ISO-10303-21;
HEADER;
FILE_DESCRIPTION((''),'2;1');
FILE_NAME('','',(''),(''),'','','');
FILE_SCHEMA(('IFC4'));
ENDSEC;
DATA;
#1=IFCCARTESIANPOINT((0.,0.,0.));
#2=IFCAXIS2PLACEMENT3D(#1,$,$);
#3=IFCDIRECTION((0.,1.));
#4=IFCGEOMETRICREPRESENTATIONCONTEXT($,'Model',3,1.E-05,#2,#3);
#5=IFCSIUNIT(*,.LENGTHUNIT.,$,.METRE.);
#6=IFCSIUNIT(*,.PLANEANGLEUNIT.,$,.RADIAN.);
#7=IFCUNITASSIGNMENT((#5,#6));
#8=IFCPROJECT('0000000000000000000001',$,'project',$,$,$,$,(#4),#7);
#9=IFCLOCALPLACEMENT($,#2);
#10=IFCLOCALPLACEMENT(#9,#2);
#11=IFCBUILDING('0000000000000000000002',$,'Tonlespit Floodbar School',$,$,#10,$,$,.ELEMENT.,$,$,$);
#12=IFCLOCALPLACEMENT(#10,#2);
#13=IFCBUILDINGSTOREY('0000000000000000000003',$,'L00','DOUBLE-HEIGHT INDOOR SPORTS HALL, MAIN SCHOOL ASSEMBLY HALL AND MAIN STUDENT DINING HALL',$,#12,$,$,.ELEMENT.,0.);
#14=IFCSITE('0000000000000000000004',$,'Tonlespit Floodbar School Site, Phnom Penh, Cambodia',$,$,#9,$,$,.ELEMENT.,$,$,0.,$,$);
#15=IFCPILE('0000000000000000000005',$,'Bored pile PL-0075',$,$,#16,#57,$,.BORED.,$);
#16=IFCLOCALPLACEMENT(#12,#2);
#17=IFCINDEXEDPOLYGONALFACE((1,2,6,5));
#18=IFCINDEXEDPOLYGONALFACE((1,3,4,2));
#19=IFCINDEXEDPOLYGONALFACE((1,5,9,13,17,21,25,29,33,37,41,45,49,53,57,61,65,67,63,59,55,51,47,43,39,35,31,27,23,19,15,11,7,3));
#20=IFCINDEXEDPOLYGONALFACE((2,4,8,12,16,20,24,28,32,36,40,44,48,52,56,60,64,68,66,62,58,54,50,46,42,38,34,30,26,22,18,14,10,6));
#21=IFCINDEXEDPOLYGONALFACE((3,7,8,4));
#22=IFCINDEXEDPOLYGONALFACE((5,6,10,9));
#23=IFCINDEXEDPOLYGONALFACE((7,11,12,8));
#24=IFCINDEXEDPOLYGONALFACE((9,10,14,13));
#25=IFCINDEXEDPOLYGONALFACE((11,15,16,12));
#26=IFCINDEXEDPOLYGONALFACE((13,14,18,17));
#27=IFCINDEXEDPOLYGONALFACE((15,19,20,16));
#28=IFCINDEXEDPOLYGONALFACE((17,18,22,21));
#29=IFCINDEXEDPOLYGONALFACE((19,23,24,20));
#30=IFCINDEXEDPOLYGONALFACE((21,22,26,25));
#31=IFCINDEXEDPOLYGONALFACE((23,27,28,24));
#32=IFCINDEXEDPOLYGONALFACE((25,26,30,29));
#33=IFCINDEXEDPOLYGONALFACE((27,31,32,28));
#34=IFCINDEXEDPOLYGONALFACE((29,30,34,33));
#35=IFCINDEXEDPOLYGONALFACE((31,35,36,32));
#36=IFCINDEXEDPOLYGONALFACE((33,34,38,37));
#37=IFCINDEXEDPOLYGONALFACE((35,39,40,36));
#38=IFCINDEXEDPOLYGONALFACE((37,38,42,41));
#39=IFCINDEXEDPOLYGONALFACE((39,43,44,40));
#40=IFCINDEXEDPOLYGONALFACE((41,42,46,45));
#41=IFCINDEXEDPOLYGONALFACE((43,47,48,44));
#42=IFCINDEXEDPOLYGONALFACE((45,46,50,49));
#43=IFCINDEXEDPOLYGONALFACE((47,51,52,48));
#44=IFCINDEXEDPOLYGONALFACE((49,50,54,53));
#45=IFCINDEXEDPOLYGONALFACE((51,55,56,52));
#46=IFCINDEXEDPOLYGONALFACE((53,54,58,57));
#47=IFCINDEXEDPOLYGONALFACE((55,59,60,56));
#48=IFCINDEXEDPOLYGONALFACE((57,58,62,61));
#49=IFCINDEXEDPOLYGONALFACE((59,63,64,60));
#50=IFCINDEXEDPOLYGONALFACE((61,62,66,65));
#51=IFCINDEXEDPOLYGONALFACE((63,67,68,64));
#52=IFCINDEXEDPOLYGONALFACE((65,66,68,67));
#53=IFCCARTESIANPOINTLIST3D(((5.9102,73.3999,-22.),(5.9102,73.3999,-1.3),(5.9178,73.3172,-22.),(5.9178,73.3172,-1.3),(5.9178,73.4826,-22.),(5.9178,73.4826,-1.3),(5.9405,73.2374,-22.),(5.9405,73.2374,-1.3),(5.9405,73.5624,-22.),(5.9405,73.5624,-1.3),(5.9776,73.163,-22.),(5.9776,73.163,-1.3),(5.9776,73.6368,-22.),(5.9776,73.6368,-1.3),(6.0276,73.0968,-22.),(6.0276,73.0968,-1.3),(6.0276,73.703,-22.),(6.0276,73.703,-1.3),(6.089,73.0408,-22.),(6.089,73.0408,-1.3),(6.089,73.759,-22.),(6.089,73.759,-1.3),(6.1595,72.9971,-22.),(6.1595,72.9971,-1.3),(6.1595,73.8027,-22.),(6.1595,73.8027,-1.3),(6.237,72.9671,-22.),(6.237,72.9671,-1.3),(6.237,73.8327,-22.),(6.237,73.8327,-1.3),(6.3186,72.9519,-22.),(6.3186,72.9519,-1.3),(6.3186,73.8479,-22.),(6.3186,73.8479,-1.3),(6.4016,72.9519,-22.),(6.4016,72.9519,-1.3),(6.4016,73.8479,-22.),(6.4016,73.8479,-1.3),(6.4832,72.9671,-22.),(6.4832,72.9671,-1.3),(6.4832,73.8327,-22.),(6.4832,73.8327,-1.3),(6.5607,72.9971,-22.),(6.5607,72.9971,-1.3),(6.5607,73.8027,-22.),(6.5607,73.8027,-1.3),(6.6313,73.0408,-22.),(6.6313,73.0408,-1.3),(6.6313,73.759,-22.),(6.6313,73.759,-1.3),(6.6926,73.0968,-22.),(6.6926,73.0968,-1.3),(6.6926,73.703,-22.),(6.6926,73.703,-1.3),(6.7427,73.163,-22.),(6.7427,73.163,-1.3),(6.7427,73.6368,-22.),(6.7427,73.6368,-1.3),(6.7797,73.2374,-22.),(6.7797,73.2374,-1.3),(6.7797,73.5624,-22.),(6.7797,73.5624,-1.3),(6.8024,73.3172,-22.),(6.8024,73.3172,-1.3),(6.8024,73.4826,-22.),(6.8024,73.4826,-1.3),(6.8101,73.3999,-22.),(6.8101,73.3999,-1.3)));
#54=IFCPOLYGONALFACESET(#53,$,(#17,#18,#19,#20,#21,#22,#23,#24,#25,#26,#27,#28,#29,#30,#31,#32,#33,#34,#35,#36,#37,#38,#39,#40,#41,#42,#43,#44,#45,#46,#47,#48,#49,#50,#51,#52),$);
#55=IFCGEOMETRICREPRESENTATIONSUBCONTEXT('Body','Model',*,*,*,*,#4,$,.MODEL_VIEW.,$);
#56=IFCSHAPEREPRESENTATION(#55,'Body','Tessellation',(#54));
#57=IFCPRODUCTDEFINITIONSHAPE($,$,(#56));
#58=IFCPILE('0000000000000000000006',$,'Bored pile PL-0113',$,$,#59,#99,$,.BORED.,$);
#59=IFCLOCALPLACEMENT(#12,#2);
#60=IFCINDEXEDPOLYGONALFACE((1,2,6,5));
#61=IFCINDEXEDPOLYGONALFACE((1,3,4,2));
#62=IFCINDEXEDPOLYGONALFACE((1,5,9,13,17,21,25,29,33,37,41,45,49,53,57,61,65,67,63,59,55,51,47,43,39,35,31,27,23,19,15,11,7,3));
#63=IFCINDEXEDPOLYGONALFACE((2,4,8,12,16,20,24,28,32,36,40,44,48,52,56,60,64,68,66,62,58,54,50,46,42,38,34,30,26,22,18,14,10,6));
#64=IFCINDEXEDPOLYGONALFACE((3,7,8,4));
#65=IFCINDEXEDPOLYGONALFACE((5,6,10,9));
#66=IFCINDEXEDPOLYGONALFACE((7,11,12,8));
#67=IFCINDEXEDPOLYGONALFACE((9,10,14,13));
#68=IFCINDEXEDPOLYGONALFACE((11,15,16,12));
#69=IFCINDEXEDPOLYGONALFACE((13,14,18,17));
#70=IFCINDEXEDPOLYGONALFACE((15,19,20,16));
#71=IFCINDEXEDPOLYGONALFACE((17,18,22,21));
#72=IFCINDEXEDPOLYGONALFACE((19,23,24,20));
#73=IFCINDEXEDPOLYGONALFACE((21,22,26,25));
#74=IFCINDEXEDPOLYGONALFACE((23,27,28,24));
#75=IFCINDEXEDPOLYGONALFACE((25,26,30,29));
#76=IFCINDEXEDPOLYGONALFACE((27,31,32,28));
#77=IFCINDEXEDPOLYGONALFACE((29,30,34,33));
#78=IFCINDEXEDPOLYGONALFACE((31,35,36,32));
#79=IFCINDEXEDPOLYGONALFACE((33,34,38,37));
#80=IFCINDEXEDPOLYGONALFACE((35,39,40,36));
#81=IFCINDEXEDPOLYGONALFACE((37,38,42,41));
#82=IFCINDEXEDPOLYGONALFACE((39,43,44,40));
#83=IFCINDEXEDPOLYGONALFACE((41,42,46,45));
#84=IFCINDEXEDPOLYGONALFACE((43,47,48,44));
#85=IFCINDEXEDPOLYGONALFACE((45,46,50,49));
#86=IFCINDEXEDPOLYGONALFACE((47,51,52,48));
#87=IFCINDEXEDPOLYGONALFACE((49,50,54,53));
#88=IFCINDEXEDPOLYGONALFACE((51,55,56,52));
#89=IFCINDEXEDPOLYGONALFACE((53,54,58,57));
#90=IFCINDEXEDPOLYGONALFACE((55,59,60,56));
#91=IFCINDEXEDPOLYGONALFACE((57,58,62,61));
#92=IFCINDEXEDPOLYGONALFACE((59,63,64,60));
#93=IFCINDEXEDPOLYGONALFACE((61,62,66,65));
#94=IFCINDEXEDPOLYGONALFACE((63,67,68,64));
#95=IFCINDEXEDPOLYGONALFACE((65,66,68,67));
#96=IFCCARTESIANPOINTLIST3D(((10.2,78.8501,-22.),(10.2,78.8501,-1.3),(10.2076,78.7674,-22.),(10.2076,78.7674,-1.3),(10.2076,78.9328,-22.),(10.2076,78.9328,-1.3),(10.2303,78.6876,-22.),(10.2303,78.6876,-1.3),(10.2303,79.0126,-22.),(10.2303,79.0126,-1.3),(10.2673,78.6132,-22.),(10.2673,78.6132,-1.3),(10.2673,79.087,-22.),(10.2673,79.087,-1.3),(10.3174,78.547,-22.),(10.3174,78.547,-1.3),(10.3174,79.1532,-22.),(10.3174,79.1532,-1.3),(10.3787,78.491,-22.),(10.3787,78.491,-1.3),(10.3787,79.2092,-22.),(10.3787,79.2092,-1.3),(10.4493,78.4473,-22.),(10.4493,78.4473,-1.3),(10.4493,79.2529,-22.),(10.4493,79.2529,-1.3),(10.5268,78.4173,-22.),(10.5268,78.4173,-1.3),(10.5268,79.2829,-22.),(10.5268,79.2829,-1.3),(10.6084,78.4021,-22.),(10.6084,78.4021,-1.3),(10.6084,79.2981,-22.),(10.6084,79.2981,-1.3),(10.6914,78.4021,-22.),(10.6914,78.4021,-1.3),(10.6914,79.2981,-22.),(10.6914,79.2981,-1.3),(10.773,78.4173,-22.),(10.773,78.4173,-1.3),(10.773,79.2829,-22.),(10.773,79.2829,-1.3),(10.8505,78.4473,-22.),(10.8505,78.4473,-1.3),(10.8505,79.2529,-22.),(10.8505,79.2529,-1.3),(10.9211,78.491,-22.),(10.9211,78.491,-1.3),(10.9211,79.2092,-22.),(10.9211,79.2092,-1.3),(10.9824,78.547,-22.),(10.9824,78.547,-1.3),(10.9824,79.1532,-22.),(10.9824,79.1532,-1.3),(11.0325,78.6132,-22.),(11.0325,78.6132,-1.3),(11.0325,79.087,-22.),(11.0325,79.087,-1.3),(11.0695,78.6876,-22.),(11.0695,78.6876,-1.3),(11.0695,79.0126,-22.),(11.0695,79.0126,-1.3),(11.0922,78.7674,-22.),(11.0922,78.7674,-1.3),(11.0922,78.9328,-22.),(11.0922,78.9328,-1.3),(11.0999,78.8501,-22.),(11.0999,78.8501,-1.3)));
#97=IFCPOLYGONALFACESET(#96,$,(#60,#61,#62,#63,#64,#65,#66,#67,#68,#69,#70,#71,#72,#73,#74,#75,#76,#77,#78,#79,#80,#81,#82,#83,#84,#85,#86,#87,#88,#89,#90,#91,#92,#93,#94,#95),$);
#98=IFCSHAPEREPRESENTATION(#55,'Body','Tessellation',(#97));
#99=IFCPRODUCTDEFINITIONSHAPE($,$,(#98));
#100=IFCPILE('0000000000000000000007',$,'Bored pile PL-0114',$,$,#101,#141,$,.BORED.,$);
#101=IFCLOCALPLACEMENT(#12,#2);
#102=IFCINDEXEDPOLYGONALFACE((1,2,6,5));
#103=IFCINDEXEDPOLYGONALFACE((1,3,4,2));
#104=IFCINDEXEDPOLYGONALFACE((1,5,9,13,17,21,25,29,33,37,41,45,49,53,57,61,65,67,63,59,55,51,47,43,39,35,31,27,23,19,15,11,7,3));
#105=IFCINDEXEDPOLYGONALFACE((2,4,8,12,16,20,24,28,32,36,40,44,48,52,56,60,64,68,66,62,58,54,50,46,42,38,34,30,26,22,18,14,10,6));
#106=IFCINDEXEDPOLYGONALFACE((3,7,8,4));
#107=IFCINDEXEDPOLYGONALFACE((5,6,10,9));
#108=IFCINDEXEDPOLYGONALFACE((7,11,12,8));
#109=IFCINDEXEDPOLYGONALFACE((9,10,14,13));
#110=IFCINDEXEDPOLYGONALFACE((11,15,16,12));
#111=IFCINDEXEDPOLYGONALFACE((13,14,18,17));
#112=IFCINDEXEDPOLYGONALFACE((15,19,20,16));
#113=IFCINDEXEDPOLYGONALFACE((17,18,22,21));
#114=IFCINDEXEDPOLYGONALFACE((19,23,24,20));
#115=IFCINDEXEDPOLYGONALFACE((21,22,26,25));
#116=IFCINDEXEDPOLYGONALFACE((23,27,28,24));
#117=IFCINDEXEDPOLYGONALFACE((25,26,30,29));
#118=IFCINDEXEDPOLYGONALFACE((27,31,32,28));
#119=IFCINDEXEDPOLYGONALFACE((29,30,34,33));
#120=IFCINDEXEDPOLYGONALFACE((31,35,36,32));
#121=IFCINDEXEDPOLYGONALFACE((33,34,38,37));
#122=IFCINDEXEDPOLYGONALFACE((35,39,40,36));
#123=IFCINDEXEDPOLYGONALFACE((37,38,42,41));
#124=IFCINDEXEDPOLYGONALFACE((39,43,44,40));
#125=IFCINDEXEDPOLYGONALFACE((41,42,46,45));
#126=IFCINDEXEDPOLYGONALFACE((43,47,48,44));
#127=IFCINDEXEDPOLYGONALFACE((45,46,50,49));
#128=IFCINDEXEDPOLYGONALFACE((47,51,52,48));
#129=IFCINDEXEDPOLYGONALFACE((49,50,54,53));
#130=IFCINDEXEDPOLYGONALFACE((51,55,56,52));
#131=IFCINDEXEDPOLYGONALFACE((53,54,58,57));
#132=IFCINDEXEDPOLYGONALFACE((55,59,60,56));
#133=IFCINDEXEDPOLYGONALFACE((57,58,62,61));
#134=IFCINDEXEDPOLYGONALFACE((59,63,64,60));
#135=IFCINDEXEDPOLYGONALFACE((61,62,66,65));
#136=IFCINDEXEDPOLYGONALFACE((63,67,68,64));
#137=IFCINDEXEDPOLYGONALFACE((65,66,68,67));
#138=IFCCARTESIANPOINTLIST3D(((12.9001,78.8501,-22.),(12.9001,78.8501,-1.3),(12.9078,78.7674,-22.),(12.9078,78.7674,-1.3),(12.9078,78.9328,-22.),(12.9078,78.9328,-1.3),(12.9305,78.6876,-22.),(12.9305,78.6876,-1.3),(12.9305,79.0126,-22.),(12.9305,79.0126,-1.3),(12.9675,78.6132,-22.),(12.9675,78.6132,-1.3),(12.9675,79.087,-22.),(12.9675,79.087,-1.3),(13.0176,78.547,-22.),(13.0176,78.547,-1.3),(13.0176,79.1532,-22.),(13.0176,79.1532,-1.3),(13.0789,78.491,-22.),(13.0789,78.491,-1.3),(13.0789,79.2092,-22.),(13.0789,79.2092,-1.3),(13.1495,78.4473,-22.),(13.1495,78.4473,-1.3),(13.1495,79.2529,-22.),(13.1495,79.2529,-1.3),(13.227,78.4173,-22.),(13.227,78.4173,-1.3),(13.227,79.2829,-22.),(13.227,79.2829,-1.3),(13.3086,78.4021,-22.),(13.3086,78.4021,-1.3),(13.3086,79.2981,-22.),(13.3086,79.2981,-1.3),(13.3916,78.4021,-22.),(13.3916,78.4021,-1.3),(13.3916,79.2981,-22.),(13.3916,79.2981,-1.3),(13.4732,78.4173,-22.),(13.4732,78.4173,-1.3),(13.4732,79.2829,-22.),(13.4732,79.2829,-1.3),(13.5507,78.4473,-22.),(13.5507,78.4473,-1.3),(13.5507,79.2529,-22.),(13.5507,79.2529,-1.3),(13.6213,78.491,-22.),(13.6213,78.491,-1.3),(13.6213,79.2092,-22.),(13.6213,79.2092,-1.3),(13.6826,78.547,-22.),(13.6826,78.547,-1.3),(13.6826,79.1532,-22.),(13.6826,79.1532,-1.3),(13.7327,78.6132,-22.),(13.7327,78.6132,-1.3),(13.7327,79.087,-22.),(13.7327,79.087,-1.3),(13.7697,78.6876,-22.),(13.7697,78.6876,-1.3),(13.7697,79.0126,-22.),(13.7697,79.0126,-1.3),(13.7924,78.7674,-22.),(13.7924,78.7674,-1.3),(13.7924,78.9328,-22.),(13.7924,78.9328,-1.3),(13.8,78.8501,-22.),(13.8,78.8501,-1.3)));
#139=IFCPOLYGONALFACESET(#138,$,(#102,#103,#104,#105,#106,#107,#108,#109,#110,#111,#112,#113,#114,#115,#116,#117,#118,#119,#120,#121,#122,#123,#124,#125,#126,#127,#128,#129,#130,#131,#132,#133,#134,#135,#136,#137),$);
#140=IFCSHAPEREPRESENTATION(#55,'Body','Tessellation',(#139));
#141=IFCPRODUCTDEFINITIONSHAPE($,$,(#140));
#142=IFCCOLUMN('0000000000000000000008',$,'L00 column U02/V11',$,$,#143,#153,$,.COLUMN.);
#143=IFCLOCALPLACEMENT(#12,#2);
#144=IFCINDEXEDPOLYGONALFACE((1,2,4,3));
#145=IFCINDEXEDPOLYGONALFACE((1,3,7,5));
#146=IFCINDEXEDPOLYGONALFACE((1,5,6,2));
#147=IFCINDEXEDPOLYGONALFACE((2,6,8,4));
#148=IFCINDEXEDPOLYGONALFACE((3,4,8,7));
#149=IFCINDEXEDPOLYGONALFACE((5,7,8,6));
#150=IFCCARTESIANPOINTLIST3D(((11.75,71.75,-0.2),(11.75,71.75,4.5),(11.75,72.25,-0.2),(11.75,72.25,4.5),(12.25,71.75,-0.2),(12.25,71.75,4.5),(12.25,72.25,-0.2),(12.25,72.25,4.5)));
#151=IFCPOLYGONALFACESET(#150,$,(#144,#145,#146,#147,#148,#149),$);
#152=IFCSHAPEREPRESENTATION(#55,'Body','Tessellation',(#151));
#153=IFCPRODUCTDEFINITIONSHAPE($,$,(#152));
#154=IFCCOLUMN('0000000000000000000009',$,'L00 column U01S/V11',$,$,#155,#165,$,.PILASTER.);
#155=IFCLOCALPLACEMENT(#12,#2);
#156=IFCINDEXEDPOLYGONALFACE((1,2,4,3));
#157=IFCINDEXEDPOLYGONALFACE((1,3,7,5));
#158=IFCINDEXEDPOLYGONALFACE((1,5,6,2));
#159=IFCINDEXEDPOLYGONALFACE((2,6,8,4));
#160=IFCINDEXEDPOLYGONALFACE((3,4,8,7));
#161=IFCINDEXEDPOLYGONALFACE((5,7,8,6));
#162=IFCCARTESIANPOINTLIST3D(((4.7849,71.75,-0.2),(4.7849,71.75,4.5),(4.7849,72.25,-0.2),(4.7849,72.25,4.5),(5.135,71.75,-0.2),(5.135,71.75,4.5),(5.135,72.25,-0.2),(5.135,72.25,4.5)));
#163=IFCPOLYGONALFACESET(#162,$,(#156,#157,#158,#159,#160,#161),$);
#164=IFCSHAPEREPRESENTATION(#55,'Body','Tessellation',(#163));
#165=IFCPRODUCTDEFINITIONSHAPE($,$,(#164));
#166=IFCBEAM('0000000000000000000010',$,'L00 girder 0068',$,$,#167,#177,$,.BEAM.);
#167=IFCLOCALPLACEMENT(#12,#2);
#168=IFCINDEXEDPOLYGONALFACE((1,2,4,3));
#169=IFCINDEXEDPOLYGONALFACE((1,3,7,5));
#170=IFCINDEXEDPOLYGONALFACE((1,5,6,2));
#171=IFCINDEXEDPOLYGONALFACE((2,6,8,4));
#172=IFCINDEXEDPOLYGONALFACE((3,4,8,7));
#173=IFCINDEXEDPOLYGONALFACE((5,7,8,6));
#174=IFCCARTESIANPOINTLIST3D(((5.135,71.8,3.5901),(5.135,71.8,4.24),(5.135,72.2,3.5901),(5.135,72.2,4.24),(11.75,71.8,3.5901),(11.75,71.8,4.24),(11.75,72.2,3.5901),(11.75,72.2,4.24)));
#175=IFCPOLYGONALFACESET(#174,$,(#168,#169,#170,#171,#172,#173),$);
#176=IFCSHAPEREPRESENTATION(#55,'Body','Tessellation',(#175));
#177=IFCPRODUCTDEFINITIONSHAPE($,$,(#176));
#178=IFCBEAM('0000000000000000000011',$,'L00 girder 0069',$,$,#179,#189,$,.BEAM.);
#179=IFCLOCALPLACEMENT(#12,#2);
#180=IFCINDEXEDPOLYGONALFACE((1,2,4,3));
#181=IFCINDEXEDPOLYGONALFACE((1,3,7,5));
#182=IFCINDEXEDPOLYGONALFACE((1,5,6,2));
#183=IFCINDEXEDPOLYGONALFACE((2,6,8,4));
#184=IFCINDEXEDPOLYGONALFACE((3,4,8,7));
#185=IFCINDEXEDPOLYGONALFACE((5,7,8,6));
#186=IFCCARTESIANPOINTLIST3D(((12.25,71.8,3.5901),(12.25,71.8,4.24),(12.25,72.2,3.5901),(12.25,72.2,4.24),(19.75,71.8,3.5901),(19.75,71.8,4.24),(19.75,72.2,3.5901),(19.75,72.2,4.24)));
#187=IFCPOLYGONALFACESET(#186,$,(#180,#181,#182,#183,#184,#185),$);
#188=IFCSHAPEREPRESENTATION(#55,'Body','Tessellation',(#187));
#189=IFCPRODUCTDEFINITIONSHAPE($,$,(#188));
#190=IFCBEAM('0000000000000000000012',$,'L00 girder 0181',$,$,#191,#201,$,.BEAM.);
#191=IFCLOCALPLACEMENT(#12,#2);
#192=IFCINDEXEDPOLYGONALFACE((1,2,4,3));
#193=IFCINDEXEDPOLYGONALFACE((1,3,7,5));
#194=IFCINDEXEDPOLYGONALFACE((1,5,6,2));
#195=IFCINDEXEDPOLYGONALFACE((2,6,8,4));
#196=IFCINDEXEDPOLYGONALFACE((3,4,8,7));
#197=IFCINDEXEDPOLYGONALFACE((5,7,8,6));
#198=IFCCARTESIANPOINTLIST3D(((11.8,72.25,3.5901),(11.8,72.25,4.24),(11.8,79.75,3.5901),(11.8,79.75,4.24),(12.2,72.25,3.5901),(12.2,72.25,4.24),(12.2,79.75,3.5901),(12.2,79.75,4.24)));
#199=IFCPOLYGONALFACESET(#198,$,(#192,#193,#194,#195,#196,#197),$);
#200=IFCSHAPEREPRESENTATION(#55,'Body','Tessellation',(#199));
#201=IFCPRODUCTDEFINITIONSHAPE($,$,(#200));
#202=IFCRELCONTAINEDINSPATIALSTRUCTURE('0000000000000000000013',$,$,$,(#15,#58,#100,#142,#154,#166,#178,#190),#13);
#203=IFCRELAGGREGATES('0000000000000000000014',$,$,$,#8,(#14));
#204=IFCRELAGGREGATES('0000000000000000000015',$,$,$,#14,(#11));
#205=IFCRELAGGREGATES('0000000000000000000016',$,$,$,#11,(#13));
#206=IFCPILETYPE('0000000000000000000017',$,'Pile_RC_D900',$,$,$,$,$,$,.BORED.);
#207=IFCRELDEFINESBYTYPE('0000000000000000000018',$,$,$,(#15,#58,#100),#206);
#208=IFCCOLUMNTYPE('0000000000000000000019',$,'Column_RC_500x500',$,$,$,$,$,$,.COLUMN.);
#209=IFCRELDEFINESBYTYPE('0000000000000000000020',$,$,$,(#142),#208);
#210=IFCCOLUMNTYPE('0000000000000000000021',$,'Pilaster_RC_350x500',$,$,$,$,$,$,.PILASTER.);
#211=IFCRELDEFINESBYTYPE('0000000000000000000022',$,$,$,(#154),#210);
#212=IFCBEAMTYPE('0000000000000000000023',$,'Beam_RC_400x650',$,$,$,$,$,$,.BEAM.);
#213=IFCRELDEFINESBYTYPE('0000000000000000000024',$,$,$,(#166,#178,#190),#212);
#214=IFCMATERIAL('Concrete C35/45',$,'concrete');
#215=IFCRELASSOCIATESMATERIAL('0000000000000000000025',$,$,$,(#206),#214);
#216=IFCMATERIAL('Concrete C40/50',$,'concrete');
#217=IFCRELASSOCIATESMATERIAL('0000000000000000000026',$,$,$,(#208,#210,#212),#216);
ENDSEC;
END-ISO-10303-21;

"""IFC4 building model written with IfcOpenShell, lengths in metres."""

from ifc_helpers import new_model, si_unit, direction, frame, origin, origin_2d, place, context, subcontext, project, spatial, rectangle, circle, extrude, material, material_profile, profile_set, type_object, element, save


model = new_model("IFC4")

# Units and contexts
model_context = context("Model", 3, precision=1e-05, world=origin(), true_north=direction((0.0, 1.0)))
body_context = subcontext(model_context, "Body", "Model", "MODEL_VIEW")
ifc_project = project(units=[si_unit("LENGTHUNIT", "METRE"), si_unit("PLANEANGLEUNIT", "RADIAN")], contexts=[model_context])

# Site, building, storey
site_placement = place(None, origin())
site = spatial("IfcSite", under=ifc_project, at=site_placement, Name="Tonlespit Floodbar School Site, Phnom Penh, Cambodia", CompositionType="ELEMENT", RefElevation=0.0)
building_placement = place(site_placement, origin())
building = spatial("IfcBuilding", under=site, at=building_placement, Name="Tonlespit Floodbar School", CompositionType="ELEMENT")
storey_placement = place(building_placement, origin())
storey = spatial("IfcBuildingStorey", under=building, at=storey_placement, Name="L00", Description="DOUBLE-HEIGHT INDOOR SPORTS HALL, MAIN SCHOOL ASSEMBLY HALL AND MAIN STUDENT DINING HALL", CompositionType="ELEMENT", Elevation=0.0)

# Shared definitions
ifc_material_1 = material(Name="Concrete C40/50", Category="concrete")

# Piles
ifc_material_2 = material(Name="Concrete C35/45", Category="concrete")
ifc_material_profile_1 = material_profile(ifc_material_2, circle(Radius=0.45, at=origin_2d()), Name="BP D900")
ifc_profile_set_1 = profile_set([ifc_material_profile_1], Name="Concrete C35/45")
pile_type_1 = type_object("IfcPileType", Name="Pile_RC_D900", PredefinedType="BORED", material=ifc_profile_set_1)
for number, where, z_axis, x_axis, name in (
    (1, (6.3601, 73.3999, -1.3), (0.0, 0.0, -1.0), (1.0, 0.0, 0.0), "Bored pile PL-0075"),
    (2, (10.6499, 78.8501, -1.3), (0.0, 0.0, -1.0), (1.0, 0.0, 0.0), "Bored pile PL-0113"),
    (3, (13.3501, 78.8501, -1.3), (0.0, 0.0, -1.0), (1.0, 0.0, 0.0), "Bored pile PL-0114"),
):
    element("IfcPile", number, at=place(storey_placement, frame(where, z_axis=z_axis, x_axis=x_axis)), inside=storey, type_object=pile_type_1, Name=name, PredefinedType="BORED", context=body_context, shape_type="SweptSolid", body=[
        extrude(circle(Radius=0.45, at=origin_2d()), origin(), (0.0, 0.0, 1.0), 20.7),
    ])

# Columns
ifc_material_profile_2 = material_profile(ifc_material_1, rectangle(XDim=0.5, YDim=0.5, at=origin_2d()), Name="RC 500x500")
ifc_profile_set_2 = profile_set([ifc_material_profile_2], Name="Concrete C40/50")
column_type_1 = type_object("IfcColumnType", Name="Column_RC_500x500", PredefinedType="COLUMN", material=ifc_profile_set_2)
column_1_placement = place(storey_placement, frame((12.0, 72.0, -0.2), z_axis=(0.0, 0.0, 1.0), x_axis=(1.0, 0.0, 0.0)))
element("IfcColumn", 4, at=column_1_placement, inside=storey, type_object=column_type_1, Name="L00 column U02/V11", PredefinedType="COLUMN", context=body_context, shape_type="SweptSolid", body=[
    extrude(rectangle(XDim=0.5, YDim=0.5, at=origin_2d()), origin(), (0.0, 0.0, 1.0), 4.7),
])
ifc_material_profile_3 = material_profile(ifc_material_1, rectangle(XDim=0.3501, YDim=0.5, at=origin_2d()), Name="RC 350x500")
ifc_profile_set_3 = profile_set([ifc_material_profile_3], Name="Concrete C40/50")
column_type_2 = type_object("IfcColumnType", Name="Pilaster_RC_350x500", PredefinedType="PILASTER", material=ifc_profile_set_3)
column_2_placement = place(storey_placement, frame((4.96, 72.0, -0.2), z_axis=(0.0, 0.0, 1.0), x_axis=(1.0, 0.0, 0.0)))
element("IfcColumn", 5, at=column_2_placement, inside=storey, type_object=column_type_2, Name="L00 column U01S/V11", PredefinedType="PILASTER", context=body_context, shape_type="SweptSolid", body=[
    extrude(rectangle(XDim=0.3501, YDim=0.5, at=origin_2d()), origin(), (0.0, 0.0, 1.0), 4.7),
])

# Beams
ifc_material_profile_4 = material_profile(ifc_material_1, rectangle(XDim=0.3999, YDim=0.6499, at=origin_2d()), Name="RC 400x650")
ifc_profile_set_4 = profile_set([ifc_material_profile_4], Name="Concrete C40/50")
beam_type_1 = type_object("IfcBeamType", Name="Beam_RC_400x650", PredefinedType="BEAM", material=ifc_profile_set_4)
beam_1_placement = place(storey_placement, frame((5.135, 72.0, 3.915), z_axis=(1.0, 0.0, 0.0), x_axis=(0.0, 1.0, 0.0)))
element("IfcBeam", 6, at=beam_1_placement, inside=storey, type_object=beam_type_1, Name="L00 girder 0068", PredefinedType="BEAM", context=body_context, shape_type="SweptSolid", body=[
    extrude(rectangle(XDim=0.3999, YDim=0.6499, at=origin_2d()), origin(), (0.0, 0.0, 1.0), 6.615),
])
for number, where, z_axis, x_axis, name in (
    (7, (12.25, 72.0, 3.915), (1.0, 0.0, 0.0), (0.0, 1.0, 0.0), "L00 girder 0069"),
    (8, (12.0, 72.25, 3.915), (0.0, 1.0, 0.0), (-1.0, 0.0, 0.0), "L00 girder 0181"),
):
    element("IfcBeam", number, at=place(storey_placement, frame(where, z_axis=z_axis, x_axis=x_axis)), inside=storey, type_object=beam_type_1, Name=name, PredefinedType="BEAM", context=body_context, shape_type="SweptSolid", body=[
        extrude(rectangle(XDim=0.3999, YDim=0.6499, at=origin_2d()), origin(), (0.0, 0.0, 1.0), 7.5),
    ])

save(model, "model.ifc")
